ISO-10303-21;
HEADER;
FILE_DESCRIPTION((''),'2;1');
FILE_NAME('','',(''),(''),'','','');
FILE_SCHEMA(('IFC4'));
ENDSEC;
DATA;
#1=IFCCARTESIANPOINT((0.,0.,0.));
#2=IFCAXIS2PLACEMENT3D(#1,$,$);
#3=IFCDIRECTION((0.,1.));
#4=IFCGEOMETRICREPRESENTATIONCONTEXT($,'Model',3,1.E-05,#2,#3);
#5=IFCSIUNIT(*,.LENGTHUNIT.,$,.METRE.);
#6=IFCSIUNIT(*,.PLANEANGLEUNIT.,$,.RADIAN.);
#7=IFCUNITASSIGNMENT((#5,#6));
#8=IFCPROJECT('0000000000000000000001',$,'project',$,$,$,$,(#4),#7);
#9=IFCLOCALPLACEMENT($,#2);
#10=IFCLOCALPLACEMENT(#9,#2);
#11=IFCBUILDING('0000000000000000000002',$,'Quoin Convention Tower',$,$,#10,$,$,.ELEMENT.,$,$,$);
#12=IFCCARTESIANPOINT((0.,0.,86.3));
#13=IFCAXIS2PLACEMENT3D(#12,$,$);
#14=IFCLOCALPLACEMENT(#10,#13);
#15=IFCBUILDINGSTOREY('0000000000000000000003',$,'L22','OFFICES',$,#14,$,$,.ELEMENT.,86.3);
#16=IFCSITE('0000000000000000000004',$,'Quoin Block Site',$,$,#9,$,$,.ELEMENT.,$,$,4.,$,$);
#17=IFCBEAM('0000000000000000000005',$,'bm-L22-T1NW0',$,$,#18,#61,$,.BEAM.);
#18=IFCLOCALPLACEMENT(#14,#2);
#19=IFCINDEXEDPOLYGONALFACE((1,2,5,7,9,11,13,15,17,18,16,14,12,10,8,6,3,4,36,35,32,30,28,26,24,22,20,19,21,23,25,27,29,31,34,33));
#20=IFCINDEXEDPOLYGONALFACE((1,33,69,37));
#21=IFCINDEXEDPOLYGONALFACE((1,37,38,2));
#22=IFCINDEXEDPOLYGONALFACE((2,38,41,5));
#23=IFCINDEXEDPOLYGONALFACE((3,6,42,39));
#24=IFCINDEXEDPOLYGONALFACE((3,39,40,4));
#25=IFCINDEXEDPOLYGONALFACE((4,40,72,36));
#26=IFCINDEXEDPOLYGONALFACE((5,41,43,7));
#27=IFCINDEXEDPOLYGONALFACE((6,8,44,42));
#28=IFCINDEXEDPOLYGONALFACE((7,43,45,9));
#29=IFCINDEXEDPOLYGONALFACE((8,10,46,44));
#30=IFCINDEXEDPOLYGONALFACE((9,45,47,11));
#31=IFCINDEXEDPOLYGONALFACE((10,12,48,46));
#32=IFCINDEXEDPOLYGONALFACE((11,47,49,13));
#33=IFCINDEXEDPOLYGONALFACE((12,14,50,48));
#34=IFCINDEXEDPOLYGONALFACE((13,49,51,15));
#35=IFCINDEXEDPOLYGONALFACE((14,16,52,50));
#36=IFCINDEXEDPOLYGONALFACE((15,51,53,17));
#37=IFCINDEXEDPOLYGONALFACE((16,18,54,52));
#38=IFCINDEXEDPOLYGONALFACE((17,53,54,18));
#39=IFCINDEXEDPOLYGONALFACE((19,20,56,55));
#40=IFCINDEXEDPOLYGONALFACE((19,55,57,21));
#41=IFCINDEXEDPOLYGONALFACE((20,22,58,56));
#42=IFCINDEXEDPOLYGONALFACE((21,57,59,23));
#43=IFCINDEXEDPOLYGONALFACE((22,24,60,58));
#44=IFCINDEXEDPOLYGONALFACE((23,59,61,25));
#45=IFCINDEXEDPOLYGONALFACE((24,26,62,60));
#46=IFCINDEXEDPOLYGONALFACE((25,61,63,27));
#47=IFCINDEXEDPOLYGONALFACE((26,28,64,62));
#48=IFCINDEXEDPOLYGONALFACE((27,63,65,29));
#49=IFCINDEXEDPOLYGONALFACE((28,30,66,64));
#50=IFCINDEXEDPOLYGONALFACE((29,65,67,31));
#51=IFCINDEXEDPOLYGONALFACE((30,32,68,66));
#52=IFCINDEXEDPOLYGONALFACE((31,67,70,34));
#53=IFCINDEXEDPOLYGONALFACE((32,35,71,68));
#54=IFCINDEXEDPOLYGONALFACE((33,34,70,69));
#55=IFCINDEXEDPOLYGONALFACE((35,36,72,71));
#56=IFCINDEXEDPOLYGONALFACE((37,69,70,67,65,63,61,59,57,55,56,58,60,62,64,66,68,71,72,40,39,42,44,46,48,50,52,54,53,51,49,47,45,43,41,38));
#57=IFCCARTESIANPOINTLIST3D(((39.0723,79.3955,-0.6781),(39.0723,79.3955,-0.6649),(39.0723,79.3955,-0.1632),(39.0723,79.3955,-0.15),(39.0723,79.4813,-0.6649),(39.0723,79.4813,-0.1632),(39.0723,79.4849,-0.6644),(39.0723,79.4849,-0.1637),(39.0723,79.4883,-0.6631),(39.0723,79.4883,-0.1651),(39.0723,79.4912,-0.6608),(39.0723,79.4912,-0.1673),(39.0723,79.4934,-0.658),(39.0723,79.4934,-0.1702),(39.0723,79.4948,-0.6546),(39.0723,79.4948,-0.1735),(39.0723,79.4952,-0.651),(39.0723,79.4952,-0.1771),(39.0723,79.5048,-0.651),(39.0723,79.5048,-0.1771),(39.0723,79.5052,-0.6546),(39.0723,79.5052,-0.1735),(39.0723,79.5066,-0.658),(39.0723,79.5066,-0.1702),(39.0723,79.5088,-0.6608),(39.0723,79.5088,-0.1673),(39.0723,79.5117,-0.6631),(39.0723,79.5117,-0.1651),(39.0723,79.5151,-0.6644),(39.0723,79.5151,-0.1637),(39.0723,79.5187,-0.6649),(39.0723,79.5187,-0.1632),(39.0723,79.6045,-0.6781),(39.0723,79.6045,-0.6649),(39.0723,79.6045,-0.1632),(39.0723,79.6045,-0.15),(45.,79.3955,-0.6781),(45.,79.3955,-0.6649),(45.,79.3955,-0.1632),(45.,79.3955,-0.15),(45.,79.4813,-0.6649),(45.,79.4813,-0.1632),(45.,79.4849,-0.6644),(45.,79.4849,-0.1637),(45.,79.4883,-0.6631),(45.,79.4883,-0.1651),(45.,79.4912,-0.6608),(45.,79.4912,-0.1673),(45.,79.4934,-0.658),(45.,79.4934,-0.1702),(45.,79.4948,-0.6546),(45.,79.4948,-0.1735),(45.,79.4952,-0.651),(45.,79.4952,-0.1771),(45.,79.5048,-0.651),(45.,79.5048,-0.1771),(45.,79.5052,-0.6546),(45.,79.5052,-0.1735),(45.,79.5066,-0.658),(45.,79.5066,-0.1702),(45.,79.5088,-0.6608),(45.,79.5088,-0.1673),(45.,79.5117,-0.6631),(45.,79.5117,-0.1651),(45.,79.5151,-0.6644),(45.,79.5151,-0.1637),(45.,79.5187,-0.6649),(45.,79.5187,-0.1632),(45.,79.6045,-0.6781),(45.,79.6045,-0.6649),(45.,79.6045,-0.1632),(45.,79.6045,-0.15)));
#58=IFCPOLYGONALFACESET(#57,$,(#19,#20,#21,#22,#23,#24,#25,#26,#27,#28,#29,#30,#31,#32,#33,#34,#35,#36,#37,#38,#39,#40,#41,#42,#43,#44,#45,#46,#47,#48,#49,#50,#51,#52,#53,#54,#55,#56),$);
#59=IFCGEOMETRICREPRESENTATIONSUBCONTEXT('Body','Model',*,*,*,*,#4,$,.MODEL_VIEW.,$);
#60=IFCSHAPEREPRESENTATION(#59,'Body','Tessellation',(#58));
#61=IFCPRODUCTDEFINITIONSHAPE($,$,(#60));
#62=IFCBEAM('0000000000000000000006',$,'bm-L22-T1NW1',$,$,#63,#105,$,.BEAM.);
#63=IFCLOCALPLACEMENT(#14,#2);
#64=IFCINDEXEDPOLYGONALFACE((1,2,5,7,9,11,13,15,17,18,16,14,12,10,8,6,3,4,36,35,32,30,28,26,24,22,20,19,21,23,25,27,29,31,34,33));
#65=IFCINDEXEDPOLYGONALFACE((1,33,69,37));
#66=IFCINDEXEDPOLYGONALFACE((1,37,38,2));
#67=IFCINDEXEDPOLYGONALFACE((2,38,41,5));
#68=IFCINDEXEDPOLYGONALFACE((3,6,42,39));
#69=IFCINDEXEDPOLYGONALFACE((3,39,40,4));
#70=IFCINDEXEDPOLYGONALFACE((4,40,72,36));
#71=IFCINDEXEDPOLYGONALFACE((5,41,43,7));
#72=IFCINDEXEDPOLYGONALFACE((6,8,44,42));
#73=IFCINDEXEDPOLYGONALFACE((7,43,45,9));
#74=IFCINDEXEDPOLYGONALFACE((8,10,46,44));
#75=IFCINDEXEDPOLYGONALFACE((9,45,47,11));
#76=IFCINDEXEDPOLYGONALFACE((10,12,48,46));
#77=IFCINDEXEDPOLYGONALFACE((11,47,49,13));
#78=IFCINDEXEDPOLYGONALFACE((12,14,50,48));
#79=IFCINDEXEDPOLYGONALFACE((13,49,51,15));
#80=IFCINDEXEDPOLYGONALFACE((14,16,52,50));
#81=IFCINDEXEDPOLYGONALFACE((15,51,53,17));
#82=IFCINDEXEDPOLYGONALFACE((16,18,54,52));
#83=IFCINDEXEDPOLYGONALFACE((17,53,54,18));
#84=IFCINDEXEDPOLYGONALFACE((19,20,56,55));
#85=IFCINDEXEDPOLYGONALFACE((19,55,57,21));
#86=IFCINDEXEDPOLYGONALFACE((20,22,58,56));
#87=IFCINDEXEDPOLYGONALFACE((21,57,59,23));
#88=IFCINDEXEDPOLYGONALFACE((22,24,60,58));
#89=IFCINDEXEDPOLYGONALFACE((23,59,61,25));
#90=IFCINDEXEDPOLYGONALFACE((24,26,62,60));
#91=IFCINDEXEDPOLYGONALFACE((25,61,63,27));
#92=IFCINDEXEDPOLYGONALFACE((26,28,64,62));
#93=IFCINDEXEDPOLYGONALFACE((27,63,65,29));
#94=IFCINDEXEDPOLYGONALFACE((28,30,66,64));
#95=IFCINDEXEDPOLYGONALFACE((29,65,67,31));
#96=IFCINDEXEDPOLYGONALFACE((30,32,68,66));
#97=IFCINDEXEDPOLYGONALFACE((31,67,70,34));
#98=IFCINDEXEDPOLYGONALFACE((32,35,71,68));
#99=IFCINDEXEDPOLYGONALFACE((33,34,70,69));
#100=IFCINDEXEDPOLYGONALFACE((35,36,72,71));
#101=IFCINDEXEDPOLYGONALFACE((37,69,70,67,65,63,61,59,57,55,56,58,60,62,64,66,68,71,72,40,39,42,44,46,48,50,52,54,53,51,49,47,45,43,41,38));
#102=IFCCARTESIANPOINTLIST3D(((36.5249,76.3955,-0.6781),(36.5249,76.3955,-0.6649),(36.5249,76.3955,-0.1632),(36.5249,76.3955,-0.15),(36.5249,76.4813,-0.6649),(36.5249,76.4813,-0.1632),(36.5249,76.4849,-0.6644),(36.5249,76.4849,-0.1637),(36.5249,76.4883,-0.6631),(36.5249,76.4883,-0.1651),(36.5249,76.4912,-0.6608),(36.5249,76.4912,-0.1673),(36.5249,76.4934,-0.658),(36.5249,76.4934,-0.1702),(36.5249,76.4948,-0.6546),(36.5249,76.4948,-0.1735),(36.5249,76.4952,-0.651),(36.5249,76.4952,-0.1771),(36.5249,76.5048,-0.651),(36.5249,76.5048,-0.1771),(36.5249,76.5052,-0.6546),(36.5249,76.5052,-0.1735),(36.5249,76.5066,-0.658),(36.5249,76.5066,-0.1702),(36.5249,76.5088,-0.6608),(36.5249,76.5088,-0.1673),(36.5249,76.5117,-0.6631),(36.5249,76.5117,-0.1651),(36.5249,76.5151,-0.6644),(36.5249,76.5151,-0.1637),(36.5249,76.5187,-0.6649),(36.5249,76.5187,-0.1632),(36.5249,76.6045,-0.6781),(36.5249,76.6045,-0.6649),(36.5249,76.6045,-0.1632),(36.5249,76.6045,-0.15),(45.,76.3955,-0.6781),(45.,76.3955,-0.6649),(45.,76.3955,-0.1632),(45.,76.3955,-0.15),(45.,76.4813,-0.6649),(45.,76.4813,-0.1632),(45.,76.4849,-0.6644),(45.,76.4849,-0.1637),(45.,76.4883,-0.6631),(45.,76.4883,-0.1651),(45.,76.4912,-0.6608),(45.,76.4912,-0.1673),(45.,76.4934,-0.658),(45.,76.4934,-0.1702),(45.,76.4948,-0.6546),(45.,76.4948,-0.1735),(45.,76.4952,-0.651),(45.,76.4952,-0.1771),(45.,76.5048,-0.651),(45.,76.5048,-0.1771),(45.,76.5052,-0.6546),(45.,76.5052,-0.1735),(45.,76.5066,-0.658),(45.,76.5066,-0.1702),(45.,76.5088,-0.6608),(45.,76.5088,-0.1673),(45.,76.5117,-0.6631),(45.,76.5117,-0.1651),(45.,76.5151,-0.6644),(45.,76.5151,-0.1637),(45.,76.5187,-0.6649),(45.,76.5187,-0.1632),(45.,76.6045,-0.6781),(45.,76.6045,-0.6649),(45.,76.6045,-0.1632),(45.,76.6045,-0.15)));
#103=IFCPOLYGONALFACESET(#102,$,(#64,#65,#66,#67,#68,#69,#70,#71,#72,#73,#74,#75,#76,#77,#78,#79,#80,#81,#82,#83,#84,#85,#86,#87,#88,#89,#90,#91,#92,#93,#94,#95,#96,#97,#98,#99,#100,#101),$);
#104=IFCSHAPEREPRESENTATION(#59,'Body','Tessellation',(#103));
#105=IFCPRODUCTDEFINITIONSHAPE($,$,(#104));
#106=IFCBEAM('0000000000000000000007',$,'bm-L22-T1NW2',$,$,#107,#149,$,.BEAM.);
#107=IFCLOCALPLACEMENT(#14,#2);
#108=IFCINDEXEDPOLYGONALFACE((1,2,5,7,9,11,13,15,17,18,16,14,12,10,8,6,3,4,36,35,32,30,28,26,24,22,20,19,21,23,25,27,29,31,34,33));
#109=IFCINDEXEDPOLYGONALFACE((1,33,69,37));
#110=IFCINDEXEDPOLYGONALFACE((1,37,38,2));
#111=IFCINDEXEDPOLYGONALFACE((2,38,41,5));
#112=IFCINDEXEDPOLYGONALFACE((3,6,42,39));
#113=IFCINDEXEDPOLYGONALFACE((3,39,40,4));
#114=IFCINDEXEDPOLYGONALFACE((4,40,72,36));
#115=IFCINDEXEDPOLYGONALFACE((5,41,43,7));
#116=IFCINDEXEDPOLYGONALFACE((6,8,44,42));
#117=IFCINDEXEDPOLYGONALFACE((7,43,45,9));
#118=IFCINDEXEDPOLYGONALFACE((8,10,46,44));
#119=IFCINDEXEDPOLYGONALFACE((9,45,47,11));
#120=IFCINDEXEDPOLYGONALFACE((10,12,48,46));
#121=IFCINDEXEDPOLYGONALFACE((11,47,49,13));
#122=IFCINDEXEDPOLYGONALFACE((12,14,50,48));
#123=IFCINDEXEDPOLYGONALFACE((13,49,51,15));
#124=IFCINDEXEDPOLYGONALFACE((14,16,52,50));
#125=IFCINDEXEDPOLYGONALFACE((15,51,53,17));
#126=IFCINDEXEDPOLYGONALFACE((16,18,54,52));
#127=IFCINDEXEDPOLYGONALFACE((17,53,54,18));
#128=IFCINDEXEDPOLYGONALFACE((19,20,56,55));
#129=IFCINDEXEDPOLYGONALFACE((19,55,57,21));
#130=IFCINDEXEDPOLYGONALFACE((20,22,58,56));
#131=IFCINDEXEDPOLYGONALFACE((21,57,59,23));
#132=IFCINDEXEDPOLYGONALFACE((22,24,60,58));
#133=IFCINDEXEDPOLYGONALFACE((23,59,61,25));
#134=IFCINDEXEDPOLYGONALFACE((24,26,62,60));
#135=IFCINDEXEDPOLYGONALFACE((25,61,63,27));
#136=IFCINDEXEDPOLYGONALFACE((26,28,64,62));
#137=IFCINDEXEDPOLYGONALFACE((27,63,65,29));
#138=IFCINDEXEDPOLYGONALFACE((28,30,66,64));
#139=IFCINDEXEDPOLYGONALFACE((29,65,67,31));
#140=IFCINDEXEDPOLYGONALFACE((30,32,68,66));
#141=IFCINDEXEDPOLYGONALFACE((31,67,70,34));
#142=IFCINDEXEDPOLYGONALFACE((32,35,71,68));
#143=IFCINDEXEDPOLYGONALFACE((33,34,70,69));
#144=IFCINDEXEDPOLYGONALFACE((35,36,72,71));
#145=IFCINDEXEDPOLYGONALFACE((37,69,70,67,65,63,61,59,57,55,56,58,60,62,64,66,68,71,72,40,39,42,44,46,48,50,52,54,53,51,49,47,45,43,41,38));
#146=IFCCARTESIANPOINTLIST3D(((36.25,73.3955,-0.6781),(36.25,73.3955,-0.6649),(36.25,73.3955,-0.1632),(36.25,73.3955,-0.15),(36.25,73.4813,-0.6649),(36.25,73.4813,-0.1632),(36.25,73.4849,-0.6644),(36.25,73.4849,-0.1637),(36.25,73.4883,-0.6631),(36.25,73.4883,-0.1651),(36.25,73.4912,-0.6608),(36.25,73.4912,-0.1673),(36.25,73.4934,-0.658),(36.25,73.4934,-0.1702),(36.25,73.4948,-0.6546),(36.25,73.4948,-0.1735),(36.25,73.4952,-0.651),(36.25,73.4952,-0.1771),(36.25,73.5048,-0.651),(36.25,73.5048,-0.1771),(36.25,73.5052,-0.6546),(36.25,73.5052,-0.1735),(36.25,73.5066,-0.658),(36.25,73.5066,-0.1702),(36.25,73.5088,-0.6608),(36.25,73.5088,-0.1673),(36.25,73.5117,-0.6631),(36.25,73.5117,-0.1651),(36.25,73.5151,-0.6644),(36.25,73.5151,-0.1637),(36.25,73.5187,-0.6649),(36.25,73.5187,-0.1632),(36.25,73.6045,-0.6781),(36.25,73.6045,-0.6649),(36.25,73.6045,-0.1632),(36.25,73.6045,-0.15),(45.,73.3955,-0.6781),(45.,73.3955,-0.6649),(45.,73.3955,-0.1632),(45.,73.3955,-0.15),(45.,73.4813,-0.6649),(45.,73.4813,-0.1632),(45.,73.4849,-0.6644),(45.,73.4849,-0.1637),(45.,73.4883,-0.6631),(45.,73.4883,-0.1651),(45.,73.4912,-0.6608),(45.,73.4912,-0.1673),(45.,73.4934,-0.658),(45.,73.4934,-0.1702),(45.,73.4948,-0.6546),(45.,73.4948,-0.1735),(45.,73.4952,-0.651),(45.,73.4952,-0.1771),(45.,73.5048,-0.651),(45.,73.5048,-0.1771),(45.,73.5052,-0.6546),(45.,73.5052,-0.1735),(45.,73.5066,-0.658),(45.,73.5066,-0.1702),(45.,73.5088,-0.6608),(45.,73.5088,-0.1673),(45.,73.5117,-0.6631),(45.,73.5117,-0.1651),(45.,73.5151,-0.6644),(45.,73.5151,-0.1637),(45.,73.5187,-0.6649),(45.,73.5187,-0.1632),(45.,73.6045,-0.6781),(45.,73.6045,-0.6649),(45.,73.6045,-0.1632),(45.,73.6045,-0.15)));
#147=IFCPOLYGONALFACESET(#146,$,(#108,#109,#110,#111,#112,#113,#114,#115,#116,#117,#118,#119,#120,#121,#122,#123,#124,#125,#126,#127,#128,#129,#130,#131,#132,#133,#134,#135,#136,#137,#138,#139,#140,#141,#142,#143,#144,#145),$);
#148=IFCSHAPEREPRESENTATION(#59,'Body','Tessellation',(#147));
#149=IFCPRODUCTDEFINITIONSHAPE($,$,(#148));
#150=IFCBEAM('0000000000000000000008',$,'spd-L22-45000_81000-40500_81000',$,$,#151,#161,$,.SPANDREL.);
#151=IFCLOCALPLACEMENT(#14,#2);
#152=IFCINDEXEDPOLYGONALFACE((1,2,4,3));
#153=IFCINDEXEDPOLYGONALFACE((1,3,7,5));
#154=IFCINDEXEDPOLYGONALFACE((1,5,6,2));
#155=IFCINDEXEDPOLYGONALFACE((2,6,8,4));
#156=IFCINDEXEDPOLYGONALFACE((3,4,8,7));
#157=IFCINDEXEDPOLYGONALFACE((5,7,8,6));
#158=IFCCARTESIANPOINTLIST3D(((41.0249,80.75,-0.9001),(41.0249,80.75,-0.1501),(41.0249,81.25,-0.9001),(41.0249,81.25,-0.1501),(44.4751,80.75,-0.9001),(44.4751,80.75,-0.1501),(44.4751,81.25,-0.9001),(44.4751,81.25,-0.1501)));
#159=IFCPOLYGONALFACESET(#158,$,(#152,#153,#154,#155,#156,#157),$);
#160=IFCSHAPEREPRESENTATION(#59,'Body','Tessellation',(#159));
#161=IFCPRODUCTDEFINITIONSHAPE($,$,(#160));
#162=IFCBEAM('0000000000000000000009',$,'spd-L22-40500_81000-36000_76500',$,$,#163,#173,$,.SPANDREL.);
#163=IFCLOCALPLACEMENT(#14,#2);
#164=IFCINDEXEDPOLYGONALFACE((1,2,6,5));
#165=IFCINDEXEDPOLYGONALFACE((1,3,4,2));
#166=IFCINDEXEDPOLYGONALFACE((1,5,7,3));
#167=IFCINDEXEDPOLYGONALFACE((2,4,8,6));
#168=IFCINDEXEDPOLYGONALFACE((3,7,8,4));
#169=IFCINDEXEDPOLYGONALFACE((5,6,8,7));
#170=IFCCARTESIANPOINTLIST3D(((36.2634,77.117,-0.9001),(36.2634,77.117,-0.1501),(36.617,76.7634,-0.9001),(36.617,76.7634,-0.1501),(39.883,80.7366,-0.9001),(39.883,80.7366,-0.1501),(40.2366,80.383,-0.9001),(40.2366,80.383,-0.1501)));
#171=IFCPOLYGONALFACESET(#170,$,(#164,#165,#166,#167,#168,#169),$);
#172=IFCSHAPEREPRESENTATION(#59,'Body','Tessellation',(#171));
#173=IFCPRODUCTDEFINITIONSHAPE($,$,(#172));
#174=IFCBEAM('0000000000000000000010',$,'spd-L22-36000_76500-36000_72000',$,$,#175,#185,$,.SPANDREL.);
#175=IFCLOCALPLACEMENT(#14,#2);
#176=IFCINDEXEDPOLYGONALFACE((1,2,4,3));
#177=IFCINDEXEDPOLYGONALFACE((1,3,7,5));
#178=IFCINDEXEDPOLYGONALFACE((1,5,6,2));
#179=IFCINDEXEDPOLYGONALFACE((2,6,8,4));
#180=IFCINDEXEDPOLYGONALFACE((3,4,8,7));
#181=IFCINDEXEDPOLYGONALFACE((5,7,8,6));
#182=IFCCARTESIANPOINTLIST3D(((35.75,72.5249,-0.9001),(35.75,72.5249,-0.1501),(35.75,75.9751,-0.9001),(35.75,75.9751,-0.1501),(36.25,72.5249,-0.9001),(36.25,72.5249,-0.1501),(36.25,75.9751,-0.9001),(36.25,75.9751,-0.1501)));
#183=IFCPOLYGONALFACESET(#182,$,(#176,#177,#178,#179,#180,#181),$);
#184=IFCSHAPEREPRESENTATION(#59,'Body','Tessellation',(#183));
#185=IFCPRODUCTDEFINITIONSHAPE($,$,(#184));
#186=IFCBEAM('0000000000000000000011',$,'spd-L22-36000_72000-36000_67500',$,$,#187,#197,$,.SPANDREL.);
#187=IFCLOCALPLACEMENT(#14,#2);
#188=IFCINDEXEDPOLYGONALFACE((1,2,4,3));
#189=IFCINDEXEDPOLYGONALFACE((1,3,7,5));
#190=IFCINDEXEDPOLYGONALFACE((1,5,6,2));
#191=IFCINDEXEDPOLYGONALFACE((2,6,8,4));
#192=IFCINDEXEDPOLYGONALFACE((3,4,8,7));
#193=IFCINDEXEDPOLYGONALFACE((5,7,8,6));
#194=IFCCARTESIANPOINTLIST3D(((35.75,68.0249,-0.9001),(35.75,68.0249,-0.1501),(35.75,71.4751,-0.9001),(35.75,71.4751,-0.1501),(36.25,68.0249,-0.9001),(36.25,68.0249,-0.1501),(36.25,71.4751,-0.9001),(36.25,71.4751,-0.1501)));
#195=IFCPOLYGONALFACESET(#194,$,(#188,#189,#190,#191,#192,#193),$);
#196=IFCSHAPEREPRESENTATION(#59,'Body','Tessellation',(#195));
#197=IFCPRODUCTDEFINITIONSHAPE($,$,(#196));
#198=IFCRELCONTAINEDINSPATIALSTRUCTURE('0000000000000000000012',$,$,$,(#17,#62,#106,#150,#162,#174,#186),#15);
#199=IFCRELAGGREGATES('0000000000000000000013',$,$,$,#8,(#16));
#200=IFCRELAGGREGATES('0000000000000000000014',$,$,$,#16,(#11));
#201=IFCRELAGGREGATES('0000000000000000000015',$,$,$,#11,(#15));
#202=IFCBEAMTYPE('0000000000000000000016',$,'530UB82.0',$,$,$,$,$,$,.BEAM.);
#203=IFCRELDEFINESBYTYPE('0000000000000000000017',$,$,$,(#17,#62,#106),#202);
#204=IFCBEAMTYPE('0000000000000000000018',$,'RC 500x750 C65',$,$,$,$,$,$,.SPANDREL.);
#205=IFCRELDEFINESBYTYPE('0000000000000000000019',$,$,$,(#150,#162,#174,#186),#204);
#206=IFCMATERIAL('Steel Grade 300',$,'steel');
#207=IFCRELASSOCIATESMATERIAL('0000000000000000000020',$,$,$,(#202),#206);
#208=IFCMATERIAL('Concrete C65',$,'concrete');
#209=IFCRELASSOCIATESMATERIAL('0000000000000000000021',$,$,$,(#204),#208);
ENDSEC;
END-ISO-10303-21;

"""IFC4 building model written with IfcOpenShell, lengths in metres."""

from ifc_helpers import new_model, si_unit, direction, frame, origin, origin_2d, place, context, subcontext, project, spatial, rectangle, i_section, extrude, material, material_profile, profile_set, type_object, element, save


model = new_model("IFC4")

# Units and contexts
model_context = context("Model", 3, precision=1e-05, world=origin(), true_north=direction((0.0, 1.0)))
body_context = subcontext(model_context, "Body", "Model", "MODEL_VIEW")
ifc_project = project(units=[si_unit("LENGTHUNIT", "METRE"), si_unit("PLANEANGLEUNIT", "RADIAN")], contexts=[model_context])

# Site, building, storey
site_placement = place(None, origin())
site = spatial("IfcSite", under=ifc_project, at=site_placement, Name="Quoin Block Site", CompositionType="ELEMENT", RefElevation=4.0)
building_placement = place(site_placement, origin())
building = spatial("IfcBuilding", under=site, at=building_placement, Name="Quoin Convention Tower", CompositionType="ELEMENT")
storey_placement = place(building_placement, frame((0.0, 0.0, 86.3)))
storey = spatial("IfcBuildingStorey", under=building, at=storey_placement, Name="L22", Description="OFFICES", CompositionType="ELEMENT", Elevation=86.3)

# Shared definitions
ifc_material_1 = material(Name="Concrete C65", Category="concrete")

# Beams
ifc_material_2 = material(Name="Steel Grade 300", Category="steel")
ifc_material_profile_1 = material_profile(ifc_material_2, i_section(OverallWidth=0.209, OverallDepth=0.5281, WebThickness=0.0095, FlangeThickness=0.0132, FilletRadius=0.0139, at=origin_2d()), Name="530UB82.0")
ifc_profile_set_1 = profile_set([ifc_material_profile_1], Name="Steel Grade 300")
beam_type_1 = type_object("IfcBeamType", Name="530UB82.0", PredefinedType="BEAM", material=ifc_profile_set_1)
beam_1_placement = place(storey_placement, frame((39.0723, 79.5, -0.4141), z_axis=(1.0, 0.0, 0.0), x_axis=(0.0, 1.0, 0.0)))
element("IfcBeam", 1, at=beam_1_placement, inside=storey, type_object=beam_type_1, Name="bm-L22-T1NW0", PredefinedType="BEAM", context=body_context, shape_type="SweptSolid", body=[
    extrude(i_section(OverallWidth=0.209, OverallDepth=0.5281, WebThickness=0.0095, FlangeThickness=0.0132, FilletRadius=0.0139, at=origin_2d()), origin(), (0.0, 0.0, 1.0), 5.9277),
])
beam_2_placement = place(storey_placement, frame((36.5249, 76.5, -0.4141), z_axis=(1.0, 0.0, 0.0), x_axis=(0.0, 1.0, 0.0)))
element("IfcBeam", 2, at=beam_2_placement, inside=storey, type_object=beam_type_1, Name="bm-L22-T1NW1", PredefinedType="BEAM", context=body_context, shape_type="SweptSolid", body=[
    extrude(i_section(OverallWidth=0.209, OverallDepth=0.5281, WebThickness=0.0095, FlangeThickness=0.0132, FilletRadius=0.0139, at=origin_2d()), origin(), (0.0, 0.0, 1.0), 8.4751),
])
beam_3_placement = place(storey_placement, frame((36.25, 73.5, -0.4141), z_axis=(1.0, 0.0, 0.0), x_axis=(0.0, 1.0, 0.0)))
element("IfcBeam", 3, at=beam_3_placement, inside=storey, type_object=beam_type_1, Name="bm-L22-T1NW2", PredefinedType="BEAM", context=body_context, shape_type="SweptSolid", body=[
    extrude(i_section(OverallWidth=0.209, OverallDepth=0.5281, WebThickness=0.0095, FlangeThickness=0.0132, FilletRadius=0.0139, at=origin_2d()), origin(), (0.0, 0.0, 1.0), 8.75),
])
ifc_material_profile_2 = material_profile(ifc_material_1, rectangle(XDim=0.5, YDim=0.75, at=origin_2d()), Name="RC 500x750")
ifc_profile_set_2 = profile_set([ifc_material_profile_2], Name="Concrete C65")
beam_type_2 = type_object("IfcBeamType", Name="RC 500x750 C65", PredefinedType="SPANDREL", material=ifc_profile_set_2)
beam_4_placement = place(storey_placement, frame((44.4751, 81.0, -0.5251), z_axis=(-1.0, 0.0, 0.0), x_axis=(0.0, -1.0, 0.0)))
element("IfcBeam", 4, at=beam_4_placement, inside=storey, type_object=beam_type_2, Name="spd-L22-45000_81000-40500_81000", PredefinedType="SPANDREL", context=body_context, shape_type="SweptSolid", body=[
    extrude(rectangle(XDim=0.5, YDim=0.75, at=origin_2d()), origin(), (0.0, 0.0, 1.0), 3.4502),
])
beam_5_placement = place(storey_placement, frame((40.0598, 80.5598, -0.5251), z_axis=(-0.707107, -0.707107, 0.0), x_axis=(0.707107, -0.707107, 0.0)))
element("IfcBeam", 5, at=beam_5_placement, inside=storey, type_object=beam_type_2, Name="spd-L22-40500_81000-36000_76500", PredefinedType="SPANDREL", context=body_context, shape_type="SweptSolid", body=[
    extrude(rectangle(XDim=0.5, YDim=0.75, at=origin_2d()), origin(), (0.0, 0.0, 1.0), 5.1189),
])
for number, where, z_axis, x_axis, name in (
    (6, (36.0, 75.9751, -0.5251), (0.0, -1.0, 0.0), (1.0, 0.0, 0.0), "spd-L22-36000_76500-36000_72000"),
    (7, (36.0, 71.4751, -0.5251), (0.0, -1.0, 0.0), (1.0, 0.0, 0.0), "spd-L22-36000_72000-36000_67500"),
):
    element("IfcBeam", number, at=place(storey_placement, frame(where, z_axis=z_axis, x_axis=x_axis)), inside=storey, type_object=beam_type_2, Name=name, PredefinedType="SPANDREL", context=body_context, shape_type="SweptSolid", body=[
        extrude(rectangle(XDim=0.5, YDim=0.75, at=origin_2d()), origin(), (0.0, 0.0, 1.0), 3.4502),
    ])

save(model, "model.ifc")
